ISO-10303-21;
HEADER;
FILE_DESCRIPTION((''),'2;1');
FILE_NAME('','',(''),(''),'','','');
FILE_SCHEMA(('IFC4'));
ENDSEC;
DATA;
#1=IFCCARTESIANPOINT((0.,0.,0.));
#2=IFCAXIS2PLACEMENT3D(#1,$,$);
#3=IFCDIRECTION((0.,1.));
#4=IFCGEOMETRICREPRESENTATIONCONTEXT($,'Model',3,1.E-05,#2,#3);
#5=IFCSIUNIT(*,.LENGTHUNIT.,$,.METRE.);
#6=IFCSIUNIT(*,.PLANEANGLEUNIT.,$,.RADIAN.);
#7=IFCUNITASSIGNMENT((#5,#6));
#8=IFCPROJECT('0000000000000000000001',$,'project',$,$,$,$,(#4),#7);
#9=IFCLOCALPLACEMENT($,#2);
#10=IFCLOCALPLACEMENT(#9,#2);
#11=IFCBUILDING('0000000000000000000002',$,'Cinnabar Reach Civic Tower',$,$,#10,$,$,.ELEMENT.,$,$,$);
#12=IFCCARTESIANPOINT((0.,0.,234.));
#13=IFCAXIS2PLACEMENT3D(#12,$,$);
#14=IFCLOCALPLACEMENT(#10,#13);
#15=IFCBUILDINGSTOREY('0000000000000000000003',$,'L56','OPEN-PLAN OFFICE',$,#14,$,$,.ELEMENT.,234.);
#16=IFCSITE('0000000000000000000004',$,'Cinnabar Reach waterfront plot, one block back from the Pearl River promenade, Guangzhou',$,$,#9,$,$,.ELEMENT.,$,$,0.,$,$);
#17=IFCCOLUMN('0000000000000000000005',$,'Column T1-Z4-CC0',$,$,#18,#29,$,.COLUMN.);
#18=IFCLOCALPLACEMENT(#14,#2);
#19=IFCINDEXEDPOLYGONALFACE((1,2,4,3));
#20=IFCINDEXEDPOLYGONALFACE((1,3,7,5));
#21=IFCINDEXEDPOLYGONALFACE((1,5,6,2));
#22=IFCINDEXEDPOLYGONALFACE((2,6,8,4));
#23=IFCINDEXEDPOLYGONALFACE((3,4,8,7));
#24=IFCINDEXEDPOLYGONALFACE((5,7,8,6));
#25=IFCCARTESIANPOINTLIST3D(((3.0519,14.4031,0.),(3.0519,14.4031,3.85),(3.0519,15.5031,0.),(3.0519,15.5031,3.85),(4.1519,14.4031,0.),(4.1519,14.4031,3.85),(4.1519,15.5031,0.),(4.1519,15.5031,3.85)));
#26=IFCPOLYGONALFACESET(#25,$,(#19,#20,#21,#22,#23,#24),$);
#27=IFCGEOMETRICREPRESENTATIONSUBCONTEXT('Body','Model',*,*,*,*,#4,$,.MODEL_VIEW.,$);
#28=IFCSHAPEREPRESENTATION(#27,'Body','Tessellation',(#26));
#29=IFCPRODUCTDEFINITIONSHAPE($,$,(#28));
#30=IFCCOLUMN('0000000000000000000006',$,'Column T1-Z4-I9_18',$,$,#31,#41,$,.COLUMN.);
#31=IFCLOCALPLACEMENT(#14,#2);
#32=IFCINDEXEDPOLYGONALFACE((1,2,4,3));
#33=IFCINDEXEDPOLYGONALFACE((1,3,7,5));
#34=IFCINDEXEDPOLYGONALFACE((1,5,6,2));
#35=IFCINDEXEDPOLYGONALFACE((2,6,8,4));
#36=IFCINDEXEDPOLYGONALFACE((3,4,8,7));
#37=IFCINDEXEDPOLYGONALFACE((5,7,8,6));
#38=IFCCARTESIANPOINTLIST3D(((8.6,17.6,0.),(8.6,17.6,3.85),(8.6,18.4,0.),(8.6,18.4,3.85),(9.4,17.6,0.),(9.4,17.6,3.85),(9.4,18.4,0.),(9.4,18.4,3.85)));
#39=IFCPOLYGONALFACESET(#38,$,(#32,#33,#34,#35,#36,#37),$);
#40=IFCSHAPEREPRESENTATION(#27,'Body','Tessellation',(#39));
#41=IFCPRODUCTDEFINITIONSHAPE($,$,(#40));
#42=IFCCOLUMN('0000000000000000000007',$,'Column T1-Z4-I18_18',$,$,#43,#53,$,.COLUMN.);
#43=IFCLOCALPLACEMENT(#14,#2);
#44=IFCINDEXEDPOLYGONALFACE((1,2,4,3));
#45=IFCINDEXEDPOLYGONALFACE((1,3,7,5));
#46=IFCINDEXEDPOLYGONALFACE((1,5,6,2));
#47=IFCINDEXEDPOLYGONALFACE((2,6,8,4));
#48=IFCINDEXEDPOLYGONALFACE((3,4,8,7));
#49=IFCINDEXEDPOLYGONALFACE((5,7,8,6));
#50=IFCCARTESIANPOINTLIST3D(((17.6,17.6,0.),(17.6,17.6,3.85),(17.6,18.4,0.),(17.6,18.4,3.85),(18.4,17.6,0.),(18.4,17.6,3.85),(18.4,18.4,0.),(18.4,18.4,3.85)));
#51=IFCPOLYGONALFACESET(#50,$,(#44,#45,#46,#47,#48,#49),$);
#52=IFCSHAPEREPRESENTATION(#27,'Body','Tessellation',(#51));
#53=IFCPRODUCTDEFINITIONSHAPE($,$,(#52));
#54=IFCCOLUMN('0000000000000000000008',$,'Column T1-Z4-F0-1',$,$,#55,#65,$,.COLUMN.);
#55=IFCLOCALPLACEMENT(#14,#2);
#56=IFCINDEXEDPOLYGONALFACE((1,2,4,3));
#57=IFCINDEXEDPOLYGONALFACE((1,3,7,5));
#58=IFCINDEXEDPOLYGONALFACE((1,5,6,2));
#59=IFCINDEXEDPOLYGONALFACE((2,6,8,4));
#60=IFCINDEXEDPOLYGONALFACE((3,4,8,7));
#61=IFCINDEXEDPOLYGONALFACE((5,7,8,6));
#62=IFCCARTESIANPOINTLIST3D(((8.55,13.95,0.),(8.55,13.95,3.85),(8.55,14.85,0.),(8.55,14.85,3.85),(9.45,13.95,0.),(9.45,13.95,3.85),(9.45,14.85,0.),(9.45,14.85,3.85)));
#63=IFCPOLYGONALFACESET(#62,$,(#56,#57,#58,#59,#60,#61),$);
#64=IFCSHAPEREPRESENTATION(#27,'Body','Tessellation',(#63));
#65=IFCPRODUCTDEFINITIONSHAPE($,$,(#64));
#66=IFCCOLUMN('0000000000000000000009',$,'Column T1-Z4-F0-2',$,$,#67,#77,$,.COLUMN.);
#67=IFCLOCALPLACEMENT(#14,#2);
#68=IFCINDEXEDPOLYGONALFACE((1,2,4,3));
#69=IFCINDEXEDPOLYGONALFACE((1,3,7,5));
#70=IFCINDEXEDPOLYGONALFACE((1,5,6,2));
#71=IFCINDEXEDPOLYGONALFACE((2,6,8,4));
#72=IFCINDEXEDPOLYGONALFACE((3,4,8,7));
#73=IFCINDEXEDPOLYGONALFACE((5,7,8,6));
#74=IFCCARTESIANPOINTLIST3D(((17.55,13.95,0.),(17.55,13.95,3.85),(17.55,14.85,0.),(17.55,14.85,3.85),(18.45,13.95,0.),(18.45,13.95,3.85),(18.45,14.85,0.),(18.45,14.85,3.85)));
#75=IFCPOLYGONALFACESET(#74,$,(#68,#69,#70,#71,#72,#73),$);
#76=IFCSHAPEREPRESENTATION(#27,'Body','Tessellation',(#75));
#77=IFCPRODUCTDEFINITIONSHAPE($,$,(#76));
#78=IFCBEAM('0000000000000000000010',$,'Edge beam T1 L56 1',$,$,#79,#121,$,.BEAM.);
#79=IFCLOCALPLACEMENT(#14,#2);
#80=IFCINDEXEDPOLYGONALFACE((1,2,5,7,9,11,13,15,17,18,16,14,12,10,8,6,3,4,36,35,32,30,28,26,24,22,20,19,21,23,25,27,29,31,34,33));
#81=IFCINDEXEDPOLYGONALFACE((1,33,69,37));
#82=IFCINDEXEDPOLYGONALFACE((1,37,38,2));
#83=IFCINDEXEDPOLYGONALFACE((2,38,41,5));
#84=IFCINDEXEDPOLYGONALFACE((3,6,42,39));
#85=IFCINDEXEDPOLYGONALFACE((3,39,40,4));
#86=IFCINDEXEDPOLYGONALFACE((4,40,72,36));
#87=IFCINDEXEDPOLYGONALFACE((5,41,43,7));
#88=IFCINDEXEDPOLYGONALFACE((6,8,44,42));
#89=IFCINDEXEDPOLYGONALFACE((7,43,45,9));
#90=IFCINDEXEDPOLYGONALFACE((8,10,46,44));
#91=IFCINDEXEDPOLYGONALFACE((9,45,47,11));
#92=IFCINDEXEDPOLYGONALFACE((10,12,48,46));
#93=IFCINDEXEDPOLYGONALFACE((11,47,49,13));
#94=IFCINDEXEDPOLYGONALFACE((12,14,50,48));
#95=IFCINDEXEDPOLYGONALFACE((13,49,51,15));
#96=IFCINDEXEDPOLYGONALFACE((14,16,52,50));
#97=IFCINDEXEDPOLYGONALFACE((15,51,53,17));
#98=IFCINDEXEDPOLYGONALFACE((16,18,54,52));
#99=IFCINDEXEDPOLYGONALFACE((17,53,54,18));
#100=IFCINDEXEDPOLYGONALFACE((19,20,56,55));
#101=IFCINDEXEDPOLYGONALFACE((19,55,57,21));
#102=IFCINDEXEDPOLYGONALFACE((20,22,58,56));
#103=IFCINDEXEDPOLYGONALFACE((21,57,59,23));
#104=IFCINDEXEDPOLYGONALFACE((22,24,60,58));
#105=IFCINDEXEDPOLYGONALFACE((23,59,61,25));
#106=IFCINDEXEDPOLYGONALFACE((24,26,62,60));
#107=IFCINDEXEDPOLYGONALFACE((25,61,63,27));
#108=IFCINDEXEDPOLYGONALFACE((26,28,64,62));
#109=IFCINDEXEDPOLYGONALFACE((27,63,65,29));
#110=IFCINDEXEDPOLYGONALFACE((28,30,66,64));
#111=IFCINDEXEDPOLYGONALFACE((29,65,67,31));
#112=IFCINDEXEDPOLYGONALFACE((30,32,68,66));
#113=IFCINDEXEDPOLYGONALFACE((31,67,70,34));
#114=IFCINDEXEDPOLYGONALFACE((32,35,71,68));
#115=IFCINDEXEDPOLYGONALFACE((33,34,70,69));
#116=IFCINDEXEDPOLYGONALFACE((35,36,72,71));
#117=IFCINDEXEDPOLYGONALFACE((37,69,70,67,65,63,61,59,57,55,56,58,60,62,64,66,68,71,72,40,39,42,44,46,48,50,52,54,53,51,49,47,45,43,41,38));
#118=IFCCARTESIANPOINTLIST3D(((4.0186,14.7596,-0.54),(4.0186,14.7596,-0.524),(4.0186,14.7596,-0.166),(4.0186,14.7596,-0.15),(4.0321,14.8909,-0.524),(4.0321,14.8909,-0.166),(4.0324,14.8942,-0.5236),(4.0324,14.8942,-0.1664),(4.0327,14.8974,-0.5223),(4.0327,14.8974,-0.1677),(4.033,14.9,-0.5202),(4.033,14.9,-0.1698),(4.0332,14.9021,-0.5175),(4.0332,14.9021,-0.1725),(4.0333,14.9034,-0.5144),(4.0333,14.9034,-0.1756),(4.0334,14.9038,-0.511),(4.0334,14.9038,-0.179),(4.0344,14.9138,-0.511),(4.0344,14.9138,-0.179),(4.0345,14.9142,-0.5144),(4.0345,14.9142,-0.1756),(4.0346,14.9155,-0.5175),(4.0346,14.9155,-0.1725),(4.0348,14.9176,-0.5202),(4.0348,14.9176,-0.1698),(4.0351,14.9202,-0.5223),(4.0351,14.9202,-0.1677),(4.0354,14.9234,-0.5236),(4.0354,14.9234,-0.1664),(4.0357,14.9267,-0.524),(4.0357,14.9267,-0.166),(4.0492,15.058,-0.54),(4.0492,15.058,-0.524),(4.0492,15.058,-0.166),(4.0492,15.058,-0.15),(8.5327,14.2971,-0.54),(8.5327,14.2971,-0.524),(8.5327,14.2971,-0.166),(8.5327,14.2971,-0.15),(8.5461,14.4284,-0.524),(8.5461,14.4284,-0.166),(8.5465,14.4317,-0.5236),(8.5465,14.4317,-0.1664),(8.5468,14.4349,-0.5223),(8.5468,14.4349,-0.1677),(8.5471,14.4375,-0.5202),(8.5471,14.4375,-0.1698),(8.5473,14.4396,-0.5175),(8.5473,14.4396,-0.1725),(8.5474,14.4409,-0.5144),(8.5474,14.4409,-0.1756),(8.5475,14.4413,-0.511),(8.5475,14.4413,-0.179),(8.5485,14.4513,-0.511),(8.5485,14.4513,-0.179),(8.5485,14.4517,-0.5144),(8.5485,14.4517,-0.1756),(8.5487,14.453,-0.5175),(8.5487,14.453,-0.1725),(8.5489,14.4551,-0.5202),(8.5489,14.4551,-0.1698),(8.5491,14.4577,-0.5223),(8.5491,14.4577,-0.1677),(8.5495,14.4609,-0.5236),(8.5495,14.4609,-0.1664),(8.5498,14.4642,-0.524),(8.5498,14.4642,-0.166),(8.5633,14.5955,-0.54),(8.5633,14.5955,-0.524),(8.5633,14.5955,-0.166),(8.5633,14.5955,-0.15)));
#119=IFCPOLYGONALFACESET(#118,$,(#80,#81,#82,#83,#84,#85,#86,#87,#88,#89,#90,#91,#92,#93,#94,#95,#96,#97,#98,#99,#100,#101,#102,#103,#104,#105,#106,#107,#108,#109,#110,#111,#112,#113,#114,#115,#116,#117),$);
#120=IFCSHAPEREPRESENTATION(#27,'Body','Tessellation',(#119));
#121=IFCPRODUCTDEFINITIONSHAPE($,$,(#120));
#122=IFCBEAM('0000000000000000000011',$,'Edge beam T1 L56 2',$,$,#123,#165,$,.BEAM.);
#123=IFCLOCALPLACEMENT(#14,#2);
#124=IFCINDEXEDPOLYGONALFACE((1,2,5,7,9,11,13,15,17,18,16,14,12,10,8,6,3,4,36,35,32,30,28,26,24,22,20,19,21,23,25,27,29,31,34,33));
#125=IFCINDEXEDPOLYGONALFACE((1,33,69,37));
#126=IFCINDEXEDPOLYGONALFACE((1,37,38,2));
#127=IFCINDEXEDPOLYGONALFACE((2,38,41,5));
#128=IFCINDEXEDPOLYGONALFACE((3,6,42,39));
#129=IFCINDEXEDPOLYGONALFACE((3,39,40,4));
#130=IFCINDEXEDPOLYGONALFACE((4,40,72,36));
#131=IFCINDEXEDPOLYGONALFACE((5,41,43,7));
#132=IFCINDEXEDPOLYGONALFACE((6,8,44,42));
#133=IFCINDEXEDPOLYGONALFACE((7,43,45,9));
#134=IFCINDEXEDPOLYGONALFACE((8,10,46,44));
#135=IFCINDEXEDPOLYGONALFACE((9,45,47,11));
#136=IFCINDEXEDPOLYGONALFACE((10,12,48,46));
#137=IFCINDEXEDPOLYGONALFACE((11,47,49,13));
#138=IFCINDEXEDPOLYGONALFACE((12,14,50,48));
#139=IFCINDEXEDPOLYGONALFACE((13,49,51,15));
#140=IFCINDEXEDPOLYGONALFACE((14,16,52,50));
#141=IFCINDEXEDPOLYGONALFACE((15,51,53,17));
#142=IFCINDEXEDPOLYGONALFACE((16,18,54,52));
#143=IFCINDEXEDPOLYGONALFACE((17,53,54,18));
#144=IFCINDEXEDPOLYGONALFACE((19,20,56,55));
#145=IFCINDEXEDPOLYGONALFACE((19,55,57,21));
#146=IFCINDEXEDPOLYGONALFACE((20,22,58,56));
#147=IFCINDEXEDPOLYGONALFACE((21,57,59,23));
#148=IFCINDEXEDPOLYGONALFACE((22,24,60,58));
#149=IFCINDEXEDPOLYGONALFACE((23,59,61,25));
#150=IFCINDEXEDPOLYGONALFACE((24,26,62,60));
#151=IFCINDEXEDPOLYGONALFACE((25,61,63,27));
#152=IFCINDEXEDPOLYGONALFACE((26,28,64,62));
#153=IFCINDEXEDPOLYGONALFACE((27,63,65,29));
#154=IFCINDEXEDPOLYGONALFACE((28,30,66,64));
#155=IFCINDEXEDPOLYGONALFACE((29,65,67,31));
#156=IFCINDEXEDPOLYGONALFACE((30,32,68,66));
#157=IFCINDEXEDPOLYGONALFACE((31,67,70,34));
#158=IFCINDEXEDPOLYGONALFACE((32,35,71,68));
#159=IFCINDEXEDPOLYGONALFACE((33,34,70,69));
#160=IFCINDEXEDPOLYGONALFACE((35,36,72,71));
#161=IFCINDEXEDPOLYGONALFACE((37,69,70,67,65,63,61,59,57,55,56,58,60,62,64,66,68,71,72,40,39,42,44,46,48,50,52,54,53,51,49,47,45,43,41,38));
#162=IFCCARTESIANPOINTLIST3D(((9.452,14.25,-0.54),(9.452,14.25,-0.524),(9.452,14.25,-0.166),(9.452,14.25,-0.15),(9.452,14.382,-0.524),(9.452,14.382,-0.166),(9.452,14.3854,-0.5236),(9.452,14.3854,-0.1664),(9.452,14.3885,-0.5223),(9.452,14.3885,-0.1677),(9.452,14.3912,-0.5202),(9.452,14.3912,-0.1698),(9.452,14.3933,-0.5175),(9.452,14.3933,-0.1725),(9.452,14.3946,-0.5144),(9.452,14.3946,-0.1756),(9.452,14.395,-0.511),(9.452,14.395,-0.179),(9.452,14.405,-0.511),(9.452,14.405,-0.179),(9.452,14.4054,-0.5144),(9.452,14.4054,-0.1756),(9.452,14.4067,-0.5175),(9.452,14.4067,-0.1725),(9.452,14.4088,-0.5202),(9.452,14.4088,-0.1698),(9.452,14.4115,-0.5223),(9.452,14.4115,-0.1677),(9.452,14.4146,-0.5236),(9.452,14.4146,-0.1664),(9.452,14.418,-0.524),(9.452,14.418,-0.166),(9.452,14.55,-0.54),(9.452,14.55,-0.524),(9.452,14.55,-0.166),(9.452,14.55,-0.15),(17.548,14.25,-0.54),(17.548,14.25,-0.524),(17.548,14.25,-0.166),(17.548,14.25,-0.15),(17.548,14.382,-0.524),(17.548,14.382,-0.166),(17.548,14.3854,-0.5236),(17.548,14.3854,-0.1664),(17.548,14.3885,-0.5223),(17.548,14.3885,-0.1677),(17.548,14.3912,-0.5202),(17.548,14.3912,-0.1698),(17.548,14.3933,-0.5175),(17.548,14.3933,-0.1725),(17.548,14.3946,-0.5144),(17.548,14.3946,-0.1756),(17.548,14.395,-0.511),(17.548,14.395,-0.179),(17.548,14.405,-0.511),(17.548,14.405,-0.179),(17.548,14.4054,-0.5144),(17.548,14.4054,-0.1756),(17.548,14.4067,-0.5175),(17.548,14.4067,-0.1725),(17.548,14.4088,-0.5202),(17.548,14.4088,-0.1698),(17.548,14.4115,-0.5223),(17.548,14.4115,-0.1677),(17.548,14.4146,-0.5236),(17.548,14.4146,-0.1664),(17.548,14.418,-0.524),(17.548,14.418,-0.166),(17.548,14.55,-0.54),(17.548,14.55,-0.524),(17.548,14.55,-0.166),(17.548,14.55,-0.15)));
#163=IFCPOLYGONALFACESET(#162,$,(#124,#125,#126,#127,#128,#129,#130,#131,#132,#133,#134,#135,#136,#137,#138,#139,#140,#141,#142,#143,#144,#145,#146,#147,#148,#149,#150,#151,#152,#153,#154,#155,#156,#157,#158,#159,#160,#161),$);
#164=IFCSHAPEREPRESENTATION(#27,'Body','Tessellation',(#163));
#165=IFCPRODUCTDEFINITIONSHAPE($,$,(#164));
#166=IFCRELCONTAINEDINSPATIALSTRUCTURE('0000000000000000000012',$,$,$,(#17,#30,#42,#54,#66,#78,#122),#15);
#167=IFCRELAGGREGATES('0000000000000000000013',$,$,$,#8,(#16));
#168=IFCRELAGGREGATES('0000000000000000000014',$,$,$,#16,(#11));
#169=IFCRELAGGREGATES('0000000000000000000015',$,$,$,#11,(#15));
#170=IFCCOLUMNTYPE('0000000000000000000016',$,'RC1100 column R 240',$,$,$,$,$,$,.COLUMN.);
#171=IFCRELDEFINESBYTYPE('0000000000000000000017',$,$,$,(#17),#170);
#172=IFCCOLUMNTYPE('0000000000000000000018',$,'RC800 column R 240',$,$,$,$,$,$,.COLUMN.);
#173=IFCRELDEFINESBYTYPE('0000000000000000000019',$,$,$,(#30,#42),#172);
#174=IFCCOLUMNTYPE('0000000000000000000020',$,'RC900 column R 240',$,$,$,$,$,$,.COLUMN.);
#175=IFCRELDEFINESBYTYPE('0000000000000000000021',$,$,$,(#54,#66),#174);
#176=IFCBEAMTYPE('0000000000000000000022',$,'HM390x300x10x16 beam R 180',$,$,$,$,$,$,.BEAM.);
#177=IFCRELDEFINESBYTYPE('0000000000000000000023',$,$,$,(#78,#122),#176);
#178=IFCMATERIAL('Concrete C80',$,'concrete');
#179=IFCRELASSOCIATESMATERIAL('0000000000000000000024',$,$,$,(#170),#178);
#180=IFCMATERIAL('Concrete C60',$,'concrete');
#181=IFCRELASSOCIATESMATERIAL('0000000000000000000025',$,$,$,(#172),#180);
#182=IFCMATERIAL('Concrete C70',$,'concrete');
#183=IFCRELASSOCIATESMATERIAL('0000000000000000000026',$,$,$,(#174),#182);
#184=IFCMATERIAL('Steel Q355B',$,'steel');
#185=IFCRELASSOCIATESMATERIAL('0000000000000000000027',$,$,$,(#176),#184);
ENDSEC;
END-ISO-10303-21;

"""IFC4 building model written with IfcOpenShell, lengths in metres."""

from ifc_helpers import new_model, si_unit, direction, frame, origin, origin_2d, place, context, subcontext, project, spatial, rectangle, i_section, extrude, material, material_profile, profile_set, type_object, element, save


model = new_model("IFC4")

# Units and contexts
model_context = context("Model", 3, precision=1e-05, world=origin(), true_north=direction((0.0, 1.0)))
body_context = subcontext(model_context, "Body", "Model", "MODEL_VIEW")
ifc_project = project(units=[si_unit("LENGTHUNIT", "METRE"), si_unit("PLANEANGLEUNIT", "RADIAN")], contexts=[model_context])

# Site, building, storey
site_placement = place(None, origin())
site = spatial("IfcSite", under=ifc_project, at=site_placement, Name="Cinnabar Reach waterfront plot, one block back from the Pearl River promenade, Guangzhou", CompositionType="ELEMENT", RefElevation=0.0)
building_placement = place(site_placement, origin())
building = spatial("IfcBuilding", under=site, at=building_placement, Name="Cinnabar Reach Civic Tower", CompositionType="ELEMENT")
storey_placement = place(building_placement, frame((0.0, 0.0, 234.0)))
storey = spatial("IfcBuildingStorey", under=building, at=storey_placement, Name="L56", Description="OPEN-PLAN OFFICE", CompositionType="ELEMENT", Elevation=234.0)

# Columns
ifc_material_1 = material(Name="Concrete C80", Category="concrete")
ifc_material_profile_1 = material_profile(ifc_material_1, rectangle(XDim=1.1, YDim=1.1, at=origin_2d()), Name="RC1100")
ifc_profile_set_1 = profile_set([ifc_material_profile_1], Name="Concrete C80")
column_type_1 = type_object("IfcColumnType", Name="RC1100 column R 240", PredefinedType="COLUMN", material=ifc_profile_set_1)
column_placement = place(storey_placement, frame((3.6019, 14.9531, 0.0), z_axis=(0.0, 0.0, 1.0), x_axis=(1.0, 0.0, 0.0)))
element("IfcColumn", 1, at=column_placement, inside=storey, type_object=column_type_1, Name="Column T1-Z4-CC0", PredefinedType="COLUMN", context=body_context, shape_type="SweptSolid", body=[
    extrude(rectangle(XDim=1.1, YDim=1.1, at=origin_2d()), origin(), (0.0, 0.0, 1.0), 3.85),
])
ifc_material_2 = material(Name="Concrete C60", Category="concrete")
ifc_material_profile_2 = material_profile(ifc_material_2, rectangle(XDim=0.8, YDim=0.8, at=origin_2d()), Name="RC800")
ifc_profile_set_2 = profile_set([ifc_material_profile_2], Name="Concrete C60")
column_type_2 = type_object("IfcColumnType", Name="RC800 column R 240", PredefinedType="COLUMN", material=ifc_profile_set_2)
for number, where, z_axis, x_axis, name in (
    (2, (9.0, 18.0, 0.0), (0.0, 0.0, 1.0), (1.0, 0.0, 0.0), "Column T1-Z4-I9_18"),
    (3, (18.0, 18.0, 0.0), (0.0, 0.0, 1.0), (1.0, 0.0, 0.0), "Column T1-Z4-I18_18"),
):
    element("IfcColumn", number, at=place(storey_placement, frame(where, z_axis=z_axis, x_axis=x_axis)), inside=storey, type_object=column_type_2, Name=name, PredefinedType="COLUMN", context=body_context, shape_type="SweptSolid", body=[
        extrude(rectangle(XDim=0.8, YDim=0.8, at=origin_2d()), origin(), (0.0, 0.0, 1.0), 3.85),
    ])
ifc_material_3 = material(Name="Concrete C70", Category="concrete")
ifc_material_profile_3 = material_profile(ifc_material_3, rectangle(XDim=0.9, YDim=0.9, at=origin_2d()), Name="RC900")
ifc_profile_set_3 = profile_set([ifc_material_profile_3], Name="Concrete C70")
column_type_3 = type_object("IfcColumnType", Name="RC900 column R 240", PredefinedType="COLUMN", material=ifc_profile_set_3)
for number, where, z_axis, x_axis, name in (
    (4, (9.0, 14.4, 0.0), (0.0, 0.0, 1.0), (1.0, 0.0, 0.0), "Column T1-Z4-F0-1"),
    (5, (18.0, 14.4, 0.0), (0.0, 0.0, 1.0), (1.0, 0.0, 0.0), "Column T1-Z4-F0-2"),
):
    element("IfcColumn", number, at=place(storey_placement, frame(where, z_axis=z_axis, x_axis=x_axis)), inside=storey, type_object=column_type_3, Name=name, PredefinedType="COLUMN", context=body_context, shape_type="SweptSolid", body=[
        extrude(rectangle(XDim=0.9, YDim=0.9, at=origin_2d()), origin(), (0.0, 0.0, 1.0), 3.85),
    ])

# Beams
ifc_material_4 = material(Name="Steel Q355B", Category="steel")
ifc_material_profile_4 = material_profile(ifc_material_4, i_section(OverallWidth=0.3, OverallDepth=0.39, WebThickness=0.01, FlangeThickness=0.016, FilletRadius=0.013, at=origin_2d()), Name="HM390x300x10x16")
ifc_profile_set_4 = profile_set([ifc_material_profile_4], Name="Steel Q355B")
beam_type_1 = type_object("IfcBeamType", Name="HM390x300x10x16 beam R 180", PredefinedType="BEAM", material=ifc_profile_set_4)
beam_1_placement = place(storey_placement, frame((4.0339, 14.9088, -0.345), z_axis=(0.994792, -0.101923, 0.0), x_axis=(0.101923, 0.994792, 0.0)))
element("IfcBeam", 6, at=beam_1_placement, inside=storey, type_object=beam_type_1, Name="Edge beam T1 L56 1", PredefinedType="BEAM", context=body_context, shape_type="SweptSolid", body=[
    extrude(i_section(OverallWidth=0.3, OverallDepth=0.39, WebThickness=0.01, FlangeThickness=0.016, FilletRadius=0.013, at=origin_2d()), origin(), (0.0, 0.0, 1.0), 4.5377),
])
beam_2_placement = place(storey_placement, frame((9.452, 14.4, -0.345), z_axis=(1.0, 0.0, 0.0), x_axis=(0.0, 1.0, 0.0)))
element("IfcBeam", 7, at=beam_2_placement, inside=storey, type_object=beam_type_1, Name="Edge beam T1 L56 2", PredefinedType="BEAM", context=body_context, shape_type="SweptSolid", body=[
    extrude(i_section(OverallWidth=0.3, OverallDepth=0.39, WebThickness=0.01, FlangeThickness=0.016, FilletRadius=0.013, at=origin_2d()), origin(), (0.0, 0.0, 1.0), 8.096),
])

save(model, "model.ifc")
